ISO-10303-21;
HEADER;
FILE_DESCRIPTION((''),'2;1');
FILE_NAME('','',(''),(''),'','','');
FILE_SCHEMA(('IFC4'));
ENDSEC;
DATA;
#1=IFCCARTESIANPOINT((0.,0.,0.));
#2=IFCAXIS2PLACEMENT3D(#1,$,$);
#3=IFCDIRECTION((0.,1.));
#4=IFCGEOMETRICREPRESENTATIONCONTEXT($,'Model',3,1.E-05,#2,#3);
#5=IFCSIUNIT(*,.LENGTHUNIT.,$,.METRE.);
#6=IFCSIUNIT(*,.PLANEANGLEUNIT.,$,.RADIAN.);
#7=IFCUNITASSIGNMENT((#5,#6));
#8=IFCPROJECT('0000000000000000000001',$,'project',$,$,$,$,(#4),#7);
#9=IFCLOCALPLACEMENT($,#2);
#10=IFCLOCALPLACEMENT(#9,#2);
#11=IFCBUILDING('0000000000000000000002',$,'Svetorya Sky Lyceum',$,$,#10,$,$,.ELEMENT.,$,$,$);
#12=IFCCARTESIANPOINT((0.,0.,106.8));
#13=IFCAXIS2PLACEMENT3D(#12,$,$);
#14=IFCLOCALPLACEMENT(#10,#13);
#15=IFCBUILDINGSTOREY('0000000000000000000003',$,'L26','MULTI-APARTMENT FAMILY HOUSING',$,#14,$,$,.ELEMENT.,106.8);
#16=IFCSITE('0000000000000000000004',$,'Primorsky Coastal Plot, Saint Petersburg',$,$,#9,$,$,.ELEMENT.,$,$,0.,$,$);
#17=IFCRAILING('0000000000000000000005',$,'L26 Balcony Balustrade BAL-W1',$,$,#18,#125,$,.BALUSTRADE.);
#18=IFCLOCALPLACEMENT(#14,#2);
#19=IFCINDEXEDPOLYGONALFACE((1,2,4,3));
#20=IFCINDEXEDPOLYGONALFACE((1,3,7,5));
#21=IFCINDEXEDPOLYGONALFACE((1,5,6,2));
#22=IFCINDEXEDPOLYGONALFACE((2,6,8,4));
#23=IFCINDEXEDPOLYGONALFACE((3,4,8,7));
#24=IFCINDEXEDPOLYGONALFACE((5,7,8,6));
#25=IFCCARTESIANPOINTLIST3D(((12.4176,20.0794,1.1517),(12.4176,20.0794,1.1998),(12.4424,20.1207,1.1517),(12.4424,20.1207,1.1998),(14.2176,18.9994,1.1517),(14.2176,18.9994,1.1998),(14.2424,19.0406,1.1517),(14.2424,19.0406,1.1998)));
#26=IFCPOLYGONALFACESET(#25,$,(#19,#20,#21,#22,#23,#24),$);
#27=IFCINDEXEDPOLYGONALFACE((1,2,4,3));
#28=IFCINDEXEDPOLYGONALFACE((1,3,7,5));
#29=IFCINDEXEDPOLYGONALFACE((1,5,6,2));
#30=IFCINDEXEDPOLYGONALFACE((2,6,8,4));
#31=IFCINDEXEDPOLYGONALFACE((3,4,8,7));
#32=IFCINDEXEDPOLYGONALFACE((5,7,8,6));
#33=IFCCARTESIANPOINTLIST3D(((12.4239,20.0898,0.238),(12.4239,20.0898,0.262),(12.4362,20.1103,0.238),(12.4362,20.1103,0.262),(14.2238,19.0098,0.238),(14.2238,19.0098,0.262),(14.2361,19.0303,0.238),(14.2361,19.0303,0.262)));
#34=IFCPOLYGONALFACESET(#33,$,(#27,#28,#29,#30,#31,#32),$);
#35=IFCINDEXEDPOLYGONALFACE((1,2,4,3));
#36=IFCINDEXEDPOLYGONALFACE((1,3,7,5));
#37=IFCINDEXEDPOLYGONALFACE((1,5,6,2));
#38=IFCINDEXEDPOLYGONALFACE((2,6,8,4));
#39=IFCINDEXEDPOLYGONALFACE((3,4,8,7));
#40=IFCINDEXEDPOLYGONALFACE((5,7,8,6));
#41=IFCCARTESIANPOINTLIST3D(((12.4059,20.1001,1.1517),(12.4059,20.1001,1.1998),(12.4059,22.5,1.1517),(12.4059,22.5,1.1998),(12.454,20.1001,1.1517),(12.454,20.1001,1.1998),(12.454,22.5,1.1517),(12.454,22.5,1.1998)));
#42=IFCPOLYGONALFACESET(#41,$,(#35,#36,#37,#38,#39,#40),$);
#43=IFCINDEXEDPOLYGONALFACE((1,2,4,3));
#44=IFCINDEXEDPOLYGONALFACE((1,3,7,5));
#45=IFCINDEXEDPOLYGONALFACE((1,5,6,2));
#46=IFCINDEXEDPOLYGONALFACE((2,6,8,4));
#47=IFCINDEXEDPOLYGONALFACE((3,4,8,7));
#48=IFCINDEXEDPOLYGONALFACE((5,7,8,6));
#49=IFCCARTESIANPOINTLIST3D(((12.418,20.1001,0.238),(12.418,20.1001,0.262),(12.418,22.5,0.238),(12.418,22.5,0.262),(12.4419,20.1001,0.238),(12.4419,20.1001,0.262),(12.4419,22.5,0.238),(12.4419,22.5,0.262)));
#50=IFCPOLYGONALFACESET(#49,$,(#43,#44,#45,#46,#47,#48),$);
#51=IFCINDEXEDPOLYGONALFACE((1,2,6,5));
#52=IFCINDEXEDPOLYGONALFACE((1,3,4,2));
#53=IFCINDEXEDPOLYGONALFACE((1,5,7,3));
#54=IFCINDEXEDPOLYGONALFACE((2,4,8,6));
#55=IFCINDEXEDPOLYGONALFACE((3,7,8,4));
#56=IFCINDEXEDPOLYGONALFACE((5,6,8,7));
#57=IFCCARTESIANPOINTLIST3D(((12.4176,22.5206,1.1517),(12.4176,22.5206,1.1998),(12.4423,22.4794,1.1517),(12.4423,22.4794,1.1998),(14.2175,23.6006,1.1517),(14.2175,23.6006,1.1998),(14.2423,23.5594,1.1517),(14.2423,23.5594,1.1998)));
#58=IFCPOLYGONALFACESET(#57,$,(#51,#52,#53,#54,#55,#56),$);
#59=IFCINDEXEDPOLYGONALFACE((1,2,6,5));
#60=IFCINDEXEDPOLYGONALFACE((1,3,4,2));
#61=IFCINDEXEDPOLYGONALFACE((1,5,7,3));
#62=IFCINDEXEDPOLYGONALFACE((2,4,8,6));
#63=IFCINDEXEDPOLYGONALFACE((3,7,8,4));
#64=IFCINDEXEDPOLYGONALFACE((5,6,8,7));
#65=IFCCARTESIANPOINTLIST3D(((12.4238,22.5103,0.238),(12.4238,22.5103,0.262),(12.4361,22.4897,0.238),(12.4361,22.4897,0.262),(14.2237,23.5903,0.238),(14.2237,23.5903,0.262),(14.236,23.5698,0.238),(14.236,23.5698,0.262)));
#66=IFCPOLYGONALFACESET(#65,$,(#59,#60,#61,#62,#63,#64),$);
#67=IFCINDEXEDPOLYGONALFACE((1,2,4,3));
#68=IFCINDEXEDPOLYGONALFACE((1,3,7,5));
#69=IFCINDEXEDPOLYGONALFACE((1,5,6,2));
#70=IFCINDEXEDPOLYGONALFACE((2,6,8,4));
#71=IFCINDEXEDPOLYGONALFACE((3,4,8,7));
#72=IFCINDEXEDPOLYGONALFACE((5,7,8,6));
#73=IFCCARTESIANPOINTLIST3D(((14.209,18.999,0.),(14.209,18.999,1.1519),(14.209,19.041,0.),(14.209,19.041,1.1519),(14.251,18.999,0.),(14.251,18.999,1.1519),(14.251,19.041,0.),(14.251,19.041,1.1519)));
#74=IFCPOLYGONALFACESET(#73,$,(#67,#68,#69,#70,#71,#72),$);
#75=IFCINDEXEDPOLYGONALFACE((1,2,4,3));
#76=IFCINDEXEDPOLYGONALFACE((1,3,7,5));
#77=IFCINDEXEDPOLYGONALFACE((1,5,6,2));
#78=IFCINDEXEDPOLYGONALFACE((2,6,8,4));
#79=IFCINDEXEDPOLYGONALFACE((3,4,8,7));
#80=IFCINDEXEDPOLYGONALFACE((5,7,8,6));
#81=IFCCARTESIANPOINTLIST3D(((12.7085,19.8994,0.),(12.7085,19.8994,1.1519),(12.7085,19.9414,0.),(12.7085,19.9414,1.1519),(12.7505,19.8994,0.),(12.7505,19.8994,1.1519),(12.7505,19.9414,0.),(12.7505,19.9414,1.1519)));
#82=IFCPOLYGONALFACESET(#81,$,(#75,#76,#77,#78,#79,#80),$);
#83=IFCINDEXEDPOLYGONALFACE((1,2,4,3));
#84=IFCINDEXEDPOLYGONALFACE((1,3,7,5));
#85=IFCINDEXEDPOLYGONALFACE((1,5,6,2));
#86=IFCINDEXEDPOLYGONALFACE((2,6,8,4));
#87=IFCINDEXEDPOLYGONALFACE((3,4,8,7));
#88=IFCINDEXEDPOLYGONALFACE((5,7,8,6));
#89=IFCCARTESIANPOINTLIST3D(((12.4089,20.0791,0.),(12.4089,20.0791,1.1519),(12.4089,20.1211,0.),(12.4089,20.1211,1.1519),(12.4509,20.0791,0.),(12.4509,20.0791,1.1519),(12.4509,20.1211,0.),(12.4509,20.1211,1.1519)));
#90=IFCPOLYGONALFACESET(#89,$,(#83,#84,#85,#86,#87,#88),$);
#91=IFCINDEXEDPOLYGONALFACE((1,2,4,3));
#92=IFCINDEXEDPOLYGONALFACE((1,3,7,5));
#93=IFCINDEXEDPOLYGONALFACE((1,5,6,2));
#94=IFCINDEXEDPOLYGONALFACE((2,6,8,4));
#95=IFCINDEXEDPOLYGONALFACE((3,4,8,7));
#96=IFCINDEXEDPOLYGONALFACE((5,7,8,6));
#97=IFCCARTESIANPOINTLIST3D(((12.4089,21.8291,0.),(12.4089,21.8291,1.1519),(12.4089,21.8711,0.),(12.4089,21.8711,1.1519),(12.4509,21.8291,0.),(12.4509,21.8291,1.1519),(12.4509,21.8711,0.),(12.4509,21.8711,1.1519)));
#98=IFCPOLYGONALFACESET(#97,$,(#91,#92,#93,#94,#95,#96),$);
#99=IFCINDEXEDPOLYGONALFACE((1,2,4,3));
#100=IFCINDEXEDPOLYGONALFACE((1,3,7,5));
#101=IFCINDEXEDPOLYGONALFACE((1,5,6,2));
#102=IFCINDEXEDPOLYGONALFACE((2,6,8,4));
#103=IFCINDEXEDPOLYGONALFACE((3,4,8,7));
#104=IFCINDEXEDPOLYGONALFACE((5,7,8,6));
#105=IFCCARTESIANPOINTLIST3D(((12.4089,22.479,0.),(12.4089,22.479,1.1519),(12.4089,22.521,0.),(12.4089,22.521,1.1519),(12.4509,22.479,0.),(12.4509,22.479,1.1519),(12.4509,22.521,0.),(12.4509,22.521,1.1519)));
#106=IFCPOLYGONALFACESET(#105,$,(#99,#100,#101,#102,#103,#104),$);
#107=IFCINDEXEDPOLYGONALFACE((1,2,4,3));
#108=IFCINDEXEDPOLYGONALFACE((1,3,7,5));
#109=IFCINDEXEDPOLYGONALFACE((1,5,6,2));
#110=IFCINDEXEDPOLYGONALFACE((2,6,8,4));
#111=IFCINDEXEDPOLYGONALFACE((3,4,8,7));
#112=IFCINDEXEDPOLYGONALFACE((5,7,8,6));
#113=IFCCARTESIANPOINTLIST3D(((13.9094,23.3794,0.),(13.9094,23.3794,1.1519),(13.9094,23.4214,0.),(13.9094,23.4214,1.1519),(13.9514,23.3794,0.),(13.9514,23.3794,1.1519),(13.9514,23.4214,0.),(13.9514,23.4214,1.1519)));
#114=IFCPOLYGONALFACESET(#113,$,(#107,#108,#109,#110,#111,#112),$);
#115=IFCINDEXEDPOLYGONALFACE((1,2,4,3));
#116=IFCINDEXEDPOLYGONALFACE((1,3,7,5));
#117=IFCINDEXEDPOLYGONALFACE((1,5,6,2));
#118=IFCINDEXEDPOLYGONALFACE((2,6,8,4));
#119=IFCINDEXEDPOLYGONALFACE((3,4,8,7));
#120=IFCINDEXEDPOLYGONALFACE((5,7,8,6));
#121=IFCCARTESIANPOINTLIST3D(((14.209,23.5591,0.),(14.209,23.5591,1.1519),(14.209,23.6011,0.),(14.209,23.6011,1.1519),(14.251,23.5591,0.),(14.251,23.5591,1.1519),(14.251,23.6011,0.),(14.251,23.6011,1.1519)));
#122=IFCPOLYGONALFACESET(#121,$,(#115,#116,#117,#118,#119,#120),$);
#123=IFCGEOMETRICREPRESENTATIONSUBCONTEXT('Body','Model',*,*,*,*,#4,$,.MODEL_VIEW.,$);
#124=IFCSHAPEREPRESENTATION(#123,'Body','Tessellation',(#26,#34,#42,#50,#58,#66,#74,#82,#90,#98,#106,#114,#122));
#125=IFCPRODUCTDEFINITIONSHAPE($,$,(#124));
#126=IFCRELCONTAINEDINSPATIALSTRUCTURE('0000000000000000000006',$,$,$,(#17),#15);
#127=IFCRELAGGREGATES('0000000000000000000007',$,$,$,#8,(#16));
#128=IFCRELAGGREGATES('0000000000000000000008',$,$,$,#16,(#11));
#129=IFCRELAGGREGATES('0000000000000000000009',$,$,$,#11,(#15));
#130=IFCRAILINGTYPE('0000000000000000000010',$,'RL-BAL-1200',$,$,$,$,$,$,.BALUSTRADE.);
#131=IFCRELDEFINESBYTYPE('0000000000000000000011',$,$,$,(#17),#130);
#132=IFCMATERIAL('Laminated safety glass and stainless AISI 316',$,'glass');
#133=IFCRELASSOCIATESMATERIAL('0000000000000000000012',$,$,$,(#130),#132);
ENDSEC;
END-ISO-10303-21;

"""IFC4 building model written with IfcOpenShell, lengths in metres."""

from ifc_helpers import new_model, si_unit, direction, frame, origin, origin_2d, place, context, subcontext, project, spatial, rectangle, extrude, material, type_object, element, save


model = new_model("IFC4")

# Units and contexts
model_context = context("Model", 3, precision=1e-05, world=origin(), true_north=direction((0.0, 1.0)))
body_context = subcontext(model_context, "Body", "Model", "MODEL_VIEW")
ifc_project = project(units=[si_unit("LENGTHUNIT", "METRE"), si_unit("PLANEANGLEUNIT", "RADIAN")], contexts=[model_context])

# Site, building, storey
site_placement = place(None, origin())
site = spatial("IfcSite", under=ifc_project, at=site_placement, Name="Primorsky Coastal Plot, Saint Petersburg", CompositionType="ELEMENT", RefElevation=0.0)
building_placement = place(site_placement, origin())
building = spatial("IfcBuilding", under=site, at=building_placement, Name="Svetorya Sky Lyceum", CompositionType="ELEMENT")
storey_placement = place(building_placement, frame((0.0, 0.0, 106.8)))
storey = spatial("IfcBuildingStorey", under=building, at=storey_placement, Name="L26", Description="MULTI-APARTMENT FAMILY HOUSING", CompositionType="ELEMENT", Elevation=106.8)

# Railing
ifc_material_1 = material(Name="Laminated safety glass and stainless AISI 316", Category="glass")
railing_type = type_object("IfcRailingType", Name="RL-BAL-1200", PredefinedType="BALUSTRADE", material=ifc_material_1)
railing_placement = place(storey_placement, frame((14.23, 19.02, 0.0)))
element("IfcRailing", 1, at=railing_placement, inside=storey, type_object=railing_type, Name="L26 Balcony Balustrade BAL-W1", PredefinedType="BALUSTRADE", context=body_context, shape_type="SweptSolid", body=[
    extrude(rectangle(XDim=0.0481, YDim=0.0481, at=origin_2d()), frame((0.0, 0.0, 1.1758), z_axis=(-0.857483, 0.514513, 0.0), x_axis=(-0.514513, -0.857483, 0.0)), (0.0, 0.0, 1.0), 2.0991),
    extrude(rectangle(XDim=0.0239, YDim=0.0239, at=origin_2d()), frame((0.0, 0.0, 0.25), z_axis=(-0.857483, 0.514513, 0.0), x_axis=(-0.514513, -0.857483, 0.0)), (0.0, 0.0, 1.0), 2.0991),
    extrude(rectangle(XDim=0.0481, YDim=0.0481, at=origin_2d()), frame((-1.8, 1.0801, 1.1758), z_axis=(0.0, 1.0, 0.0), x_axis=(-1.0, 0.0, 0.0)), (0.0, 0.0, 1.0), 2.3999),
    extrude(rectangle(XDim=0.0239, YDim=0.0239, at=origin_2d()), frame((-1.8, 1.0801, 0.25), z_axis=(0.0, 1.0, 0.0), x_axis=(-1.0, 0.0, 0.0)), (0.0, 0.0, 1.0), 2.3999),
    extrude(rectangle(XDim=0.0481, YDim=0.0481, at=origin_2d()), frame((-1.8, 3.48, 1.1758), z_axis=(0.857483, 0.514513, 0.0), x_axis=(-0.514513, 0.857483, 0.0)), (0.0, 0.0, 1.0), 2.0991),
    extrude(rectangle(XDim=0.0239, YDim=0.0239, at=origin_2d()), frame((-1.8, 3.48, 0.25), z_axis=(0.857483, 0.514513, 0.0), x_axis=(-0.514513, 0.857483, 0.0)), (0.0, 0.0, 1.0), 2.0991),
    extrude(rectangle(XDim=0.042, YDim=0.042, at=origin_2d()), origin(), (0.0, 0.0, 1.0), 1.1519),
    extrude(rectangle(XDim=0.042, YDim=0.042, at=origin_2d()), frame((-1.5005, 0.9004, 0.0)), (0.0, 0.0, 1.0), 1.1519),
    extrude(rectangle(XDim=0.042, YDim=0.042, at=origin_2d()), frame((-1.8, 1.0801, 0.0)), (0.0, 0.0, 1.0), 1.1519),
    extrude(rectangle(XDim=0.042, YDim=0.042, at=origin_2d()), frame((-1.8, 2.8301, 0.0)), (0.0, 0.0, 1.0), 1.1519),
    extrude(rectangle(XDim=0.042, YDim=0.042, at=origin_2d()), frame((-1.8, 3.48, 0.0)), (0.0, 0.0, 1.0), 1.1519),
    extrude(rectangle(XDim=0.042, YDim=0.042, at=origin_2d()), frame((-0.2996, 4.3804, 0.0)), (0.0, 0.0, 1.0), 1.1519),
    extrude(rectangle(XDim=0.042, YDim=0.042, at=origin_2d()), frame((0.0, 4.5601, 0.0)), (0.0, 0.0, 1.0), 1.1519),
])

save(model, "model.ifc")
